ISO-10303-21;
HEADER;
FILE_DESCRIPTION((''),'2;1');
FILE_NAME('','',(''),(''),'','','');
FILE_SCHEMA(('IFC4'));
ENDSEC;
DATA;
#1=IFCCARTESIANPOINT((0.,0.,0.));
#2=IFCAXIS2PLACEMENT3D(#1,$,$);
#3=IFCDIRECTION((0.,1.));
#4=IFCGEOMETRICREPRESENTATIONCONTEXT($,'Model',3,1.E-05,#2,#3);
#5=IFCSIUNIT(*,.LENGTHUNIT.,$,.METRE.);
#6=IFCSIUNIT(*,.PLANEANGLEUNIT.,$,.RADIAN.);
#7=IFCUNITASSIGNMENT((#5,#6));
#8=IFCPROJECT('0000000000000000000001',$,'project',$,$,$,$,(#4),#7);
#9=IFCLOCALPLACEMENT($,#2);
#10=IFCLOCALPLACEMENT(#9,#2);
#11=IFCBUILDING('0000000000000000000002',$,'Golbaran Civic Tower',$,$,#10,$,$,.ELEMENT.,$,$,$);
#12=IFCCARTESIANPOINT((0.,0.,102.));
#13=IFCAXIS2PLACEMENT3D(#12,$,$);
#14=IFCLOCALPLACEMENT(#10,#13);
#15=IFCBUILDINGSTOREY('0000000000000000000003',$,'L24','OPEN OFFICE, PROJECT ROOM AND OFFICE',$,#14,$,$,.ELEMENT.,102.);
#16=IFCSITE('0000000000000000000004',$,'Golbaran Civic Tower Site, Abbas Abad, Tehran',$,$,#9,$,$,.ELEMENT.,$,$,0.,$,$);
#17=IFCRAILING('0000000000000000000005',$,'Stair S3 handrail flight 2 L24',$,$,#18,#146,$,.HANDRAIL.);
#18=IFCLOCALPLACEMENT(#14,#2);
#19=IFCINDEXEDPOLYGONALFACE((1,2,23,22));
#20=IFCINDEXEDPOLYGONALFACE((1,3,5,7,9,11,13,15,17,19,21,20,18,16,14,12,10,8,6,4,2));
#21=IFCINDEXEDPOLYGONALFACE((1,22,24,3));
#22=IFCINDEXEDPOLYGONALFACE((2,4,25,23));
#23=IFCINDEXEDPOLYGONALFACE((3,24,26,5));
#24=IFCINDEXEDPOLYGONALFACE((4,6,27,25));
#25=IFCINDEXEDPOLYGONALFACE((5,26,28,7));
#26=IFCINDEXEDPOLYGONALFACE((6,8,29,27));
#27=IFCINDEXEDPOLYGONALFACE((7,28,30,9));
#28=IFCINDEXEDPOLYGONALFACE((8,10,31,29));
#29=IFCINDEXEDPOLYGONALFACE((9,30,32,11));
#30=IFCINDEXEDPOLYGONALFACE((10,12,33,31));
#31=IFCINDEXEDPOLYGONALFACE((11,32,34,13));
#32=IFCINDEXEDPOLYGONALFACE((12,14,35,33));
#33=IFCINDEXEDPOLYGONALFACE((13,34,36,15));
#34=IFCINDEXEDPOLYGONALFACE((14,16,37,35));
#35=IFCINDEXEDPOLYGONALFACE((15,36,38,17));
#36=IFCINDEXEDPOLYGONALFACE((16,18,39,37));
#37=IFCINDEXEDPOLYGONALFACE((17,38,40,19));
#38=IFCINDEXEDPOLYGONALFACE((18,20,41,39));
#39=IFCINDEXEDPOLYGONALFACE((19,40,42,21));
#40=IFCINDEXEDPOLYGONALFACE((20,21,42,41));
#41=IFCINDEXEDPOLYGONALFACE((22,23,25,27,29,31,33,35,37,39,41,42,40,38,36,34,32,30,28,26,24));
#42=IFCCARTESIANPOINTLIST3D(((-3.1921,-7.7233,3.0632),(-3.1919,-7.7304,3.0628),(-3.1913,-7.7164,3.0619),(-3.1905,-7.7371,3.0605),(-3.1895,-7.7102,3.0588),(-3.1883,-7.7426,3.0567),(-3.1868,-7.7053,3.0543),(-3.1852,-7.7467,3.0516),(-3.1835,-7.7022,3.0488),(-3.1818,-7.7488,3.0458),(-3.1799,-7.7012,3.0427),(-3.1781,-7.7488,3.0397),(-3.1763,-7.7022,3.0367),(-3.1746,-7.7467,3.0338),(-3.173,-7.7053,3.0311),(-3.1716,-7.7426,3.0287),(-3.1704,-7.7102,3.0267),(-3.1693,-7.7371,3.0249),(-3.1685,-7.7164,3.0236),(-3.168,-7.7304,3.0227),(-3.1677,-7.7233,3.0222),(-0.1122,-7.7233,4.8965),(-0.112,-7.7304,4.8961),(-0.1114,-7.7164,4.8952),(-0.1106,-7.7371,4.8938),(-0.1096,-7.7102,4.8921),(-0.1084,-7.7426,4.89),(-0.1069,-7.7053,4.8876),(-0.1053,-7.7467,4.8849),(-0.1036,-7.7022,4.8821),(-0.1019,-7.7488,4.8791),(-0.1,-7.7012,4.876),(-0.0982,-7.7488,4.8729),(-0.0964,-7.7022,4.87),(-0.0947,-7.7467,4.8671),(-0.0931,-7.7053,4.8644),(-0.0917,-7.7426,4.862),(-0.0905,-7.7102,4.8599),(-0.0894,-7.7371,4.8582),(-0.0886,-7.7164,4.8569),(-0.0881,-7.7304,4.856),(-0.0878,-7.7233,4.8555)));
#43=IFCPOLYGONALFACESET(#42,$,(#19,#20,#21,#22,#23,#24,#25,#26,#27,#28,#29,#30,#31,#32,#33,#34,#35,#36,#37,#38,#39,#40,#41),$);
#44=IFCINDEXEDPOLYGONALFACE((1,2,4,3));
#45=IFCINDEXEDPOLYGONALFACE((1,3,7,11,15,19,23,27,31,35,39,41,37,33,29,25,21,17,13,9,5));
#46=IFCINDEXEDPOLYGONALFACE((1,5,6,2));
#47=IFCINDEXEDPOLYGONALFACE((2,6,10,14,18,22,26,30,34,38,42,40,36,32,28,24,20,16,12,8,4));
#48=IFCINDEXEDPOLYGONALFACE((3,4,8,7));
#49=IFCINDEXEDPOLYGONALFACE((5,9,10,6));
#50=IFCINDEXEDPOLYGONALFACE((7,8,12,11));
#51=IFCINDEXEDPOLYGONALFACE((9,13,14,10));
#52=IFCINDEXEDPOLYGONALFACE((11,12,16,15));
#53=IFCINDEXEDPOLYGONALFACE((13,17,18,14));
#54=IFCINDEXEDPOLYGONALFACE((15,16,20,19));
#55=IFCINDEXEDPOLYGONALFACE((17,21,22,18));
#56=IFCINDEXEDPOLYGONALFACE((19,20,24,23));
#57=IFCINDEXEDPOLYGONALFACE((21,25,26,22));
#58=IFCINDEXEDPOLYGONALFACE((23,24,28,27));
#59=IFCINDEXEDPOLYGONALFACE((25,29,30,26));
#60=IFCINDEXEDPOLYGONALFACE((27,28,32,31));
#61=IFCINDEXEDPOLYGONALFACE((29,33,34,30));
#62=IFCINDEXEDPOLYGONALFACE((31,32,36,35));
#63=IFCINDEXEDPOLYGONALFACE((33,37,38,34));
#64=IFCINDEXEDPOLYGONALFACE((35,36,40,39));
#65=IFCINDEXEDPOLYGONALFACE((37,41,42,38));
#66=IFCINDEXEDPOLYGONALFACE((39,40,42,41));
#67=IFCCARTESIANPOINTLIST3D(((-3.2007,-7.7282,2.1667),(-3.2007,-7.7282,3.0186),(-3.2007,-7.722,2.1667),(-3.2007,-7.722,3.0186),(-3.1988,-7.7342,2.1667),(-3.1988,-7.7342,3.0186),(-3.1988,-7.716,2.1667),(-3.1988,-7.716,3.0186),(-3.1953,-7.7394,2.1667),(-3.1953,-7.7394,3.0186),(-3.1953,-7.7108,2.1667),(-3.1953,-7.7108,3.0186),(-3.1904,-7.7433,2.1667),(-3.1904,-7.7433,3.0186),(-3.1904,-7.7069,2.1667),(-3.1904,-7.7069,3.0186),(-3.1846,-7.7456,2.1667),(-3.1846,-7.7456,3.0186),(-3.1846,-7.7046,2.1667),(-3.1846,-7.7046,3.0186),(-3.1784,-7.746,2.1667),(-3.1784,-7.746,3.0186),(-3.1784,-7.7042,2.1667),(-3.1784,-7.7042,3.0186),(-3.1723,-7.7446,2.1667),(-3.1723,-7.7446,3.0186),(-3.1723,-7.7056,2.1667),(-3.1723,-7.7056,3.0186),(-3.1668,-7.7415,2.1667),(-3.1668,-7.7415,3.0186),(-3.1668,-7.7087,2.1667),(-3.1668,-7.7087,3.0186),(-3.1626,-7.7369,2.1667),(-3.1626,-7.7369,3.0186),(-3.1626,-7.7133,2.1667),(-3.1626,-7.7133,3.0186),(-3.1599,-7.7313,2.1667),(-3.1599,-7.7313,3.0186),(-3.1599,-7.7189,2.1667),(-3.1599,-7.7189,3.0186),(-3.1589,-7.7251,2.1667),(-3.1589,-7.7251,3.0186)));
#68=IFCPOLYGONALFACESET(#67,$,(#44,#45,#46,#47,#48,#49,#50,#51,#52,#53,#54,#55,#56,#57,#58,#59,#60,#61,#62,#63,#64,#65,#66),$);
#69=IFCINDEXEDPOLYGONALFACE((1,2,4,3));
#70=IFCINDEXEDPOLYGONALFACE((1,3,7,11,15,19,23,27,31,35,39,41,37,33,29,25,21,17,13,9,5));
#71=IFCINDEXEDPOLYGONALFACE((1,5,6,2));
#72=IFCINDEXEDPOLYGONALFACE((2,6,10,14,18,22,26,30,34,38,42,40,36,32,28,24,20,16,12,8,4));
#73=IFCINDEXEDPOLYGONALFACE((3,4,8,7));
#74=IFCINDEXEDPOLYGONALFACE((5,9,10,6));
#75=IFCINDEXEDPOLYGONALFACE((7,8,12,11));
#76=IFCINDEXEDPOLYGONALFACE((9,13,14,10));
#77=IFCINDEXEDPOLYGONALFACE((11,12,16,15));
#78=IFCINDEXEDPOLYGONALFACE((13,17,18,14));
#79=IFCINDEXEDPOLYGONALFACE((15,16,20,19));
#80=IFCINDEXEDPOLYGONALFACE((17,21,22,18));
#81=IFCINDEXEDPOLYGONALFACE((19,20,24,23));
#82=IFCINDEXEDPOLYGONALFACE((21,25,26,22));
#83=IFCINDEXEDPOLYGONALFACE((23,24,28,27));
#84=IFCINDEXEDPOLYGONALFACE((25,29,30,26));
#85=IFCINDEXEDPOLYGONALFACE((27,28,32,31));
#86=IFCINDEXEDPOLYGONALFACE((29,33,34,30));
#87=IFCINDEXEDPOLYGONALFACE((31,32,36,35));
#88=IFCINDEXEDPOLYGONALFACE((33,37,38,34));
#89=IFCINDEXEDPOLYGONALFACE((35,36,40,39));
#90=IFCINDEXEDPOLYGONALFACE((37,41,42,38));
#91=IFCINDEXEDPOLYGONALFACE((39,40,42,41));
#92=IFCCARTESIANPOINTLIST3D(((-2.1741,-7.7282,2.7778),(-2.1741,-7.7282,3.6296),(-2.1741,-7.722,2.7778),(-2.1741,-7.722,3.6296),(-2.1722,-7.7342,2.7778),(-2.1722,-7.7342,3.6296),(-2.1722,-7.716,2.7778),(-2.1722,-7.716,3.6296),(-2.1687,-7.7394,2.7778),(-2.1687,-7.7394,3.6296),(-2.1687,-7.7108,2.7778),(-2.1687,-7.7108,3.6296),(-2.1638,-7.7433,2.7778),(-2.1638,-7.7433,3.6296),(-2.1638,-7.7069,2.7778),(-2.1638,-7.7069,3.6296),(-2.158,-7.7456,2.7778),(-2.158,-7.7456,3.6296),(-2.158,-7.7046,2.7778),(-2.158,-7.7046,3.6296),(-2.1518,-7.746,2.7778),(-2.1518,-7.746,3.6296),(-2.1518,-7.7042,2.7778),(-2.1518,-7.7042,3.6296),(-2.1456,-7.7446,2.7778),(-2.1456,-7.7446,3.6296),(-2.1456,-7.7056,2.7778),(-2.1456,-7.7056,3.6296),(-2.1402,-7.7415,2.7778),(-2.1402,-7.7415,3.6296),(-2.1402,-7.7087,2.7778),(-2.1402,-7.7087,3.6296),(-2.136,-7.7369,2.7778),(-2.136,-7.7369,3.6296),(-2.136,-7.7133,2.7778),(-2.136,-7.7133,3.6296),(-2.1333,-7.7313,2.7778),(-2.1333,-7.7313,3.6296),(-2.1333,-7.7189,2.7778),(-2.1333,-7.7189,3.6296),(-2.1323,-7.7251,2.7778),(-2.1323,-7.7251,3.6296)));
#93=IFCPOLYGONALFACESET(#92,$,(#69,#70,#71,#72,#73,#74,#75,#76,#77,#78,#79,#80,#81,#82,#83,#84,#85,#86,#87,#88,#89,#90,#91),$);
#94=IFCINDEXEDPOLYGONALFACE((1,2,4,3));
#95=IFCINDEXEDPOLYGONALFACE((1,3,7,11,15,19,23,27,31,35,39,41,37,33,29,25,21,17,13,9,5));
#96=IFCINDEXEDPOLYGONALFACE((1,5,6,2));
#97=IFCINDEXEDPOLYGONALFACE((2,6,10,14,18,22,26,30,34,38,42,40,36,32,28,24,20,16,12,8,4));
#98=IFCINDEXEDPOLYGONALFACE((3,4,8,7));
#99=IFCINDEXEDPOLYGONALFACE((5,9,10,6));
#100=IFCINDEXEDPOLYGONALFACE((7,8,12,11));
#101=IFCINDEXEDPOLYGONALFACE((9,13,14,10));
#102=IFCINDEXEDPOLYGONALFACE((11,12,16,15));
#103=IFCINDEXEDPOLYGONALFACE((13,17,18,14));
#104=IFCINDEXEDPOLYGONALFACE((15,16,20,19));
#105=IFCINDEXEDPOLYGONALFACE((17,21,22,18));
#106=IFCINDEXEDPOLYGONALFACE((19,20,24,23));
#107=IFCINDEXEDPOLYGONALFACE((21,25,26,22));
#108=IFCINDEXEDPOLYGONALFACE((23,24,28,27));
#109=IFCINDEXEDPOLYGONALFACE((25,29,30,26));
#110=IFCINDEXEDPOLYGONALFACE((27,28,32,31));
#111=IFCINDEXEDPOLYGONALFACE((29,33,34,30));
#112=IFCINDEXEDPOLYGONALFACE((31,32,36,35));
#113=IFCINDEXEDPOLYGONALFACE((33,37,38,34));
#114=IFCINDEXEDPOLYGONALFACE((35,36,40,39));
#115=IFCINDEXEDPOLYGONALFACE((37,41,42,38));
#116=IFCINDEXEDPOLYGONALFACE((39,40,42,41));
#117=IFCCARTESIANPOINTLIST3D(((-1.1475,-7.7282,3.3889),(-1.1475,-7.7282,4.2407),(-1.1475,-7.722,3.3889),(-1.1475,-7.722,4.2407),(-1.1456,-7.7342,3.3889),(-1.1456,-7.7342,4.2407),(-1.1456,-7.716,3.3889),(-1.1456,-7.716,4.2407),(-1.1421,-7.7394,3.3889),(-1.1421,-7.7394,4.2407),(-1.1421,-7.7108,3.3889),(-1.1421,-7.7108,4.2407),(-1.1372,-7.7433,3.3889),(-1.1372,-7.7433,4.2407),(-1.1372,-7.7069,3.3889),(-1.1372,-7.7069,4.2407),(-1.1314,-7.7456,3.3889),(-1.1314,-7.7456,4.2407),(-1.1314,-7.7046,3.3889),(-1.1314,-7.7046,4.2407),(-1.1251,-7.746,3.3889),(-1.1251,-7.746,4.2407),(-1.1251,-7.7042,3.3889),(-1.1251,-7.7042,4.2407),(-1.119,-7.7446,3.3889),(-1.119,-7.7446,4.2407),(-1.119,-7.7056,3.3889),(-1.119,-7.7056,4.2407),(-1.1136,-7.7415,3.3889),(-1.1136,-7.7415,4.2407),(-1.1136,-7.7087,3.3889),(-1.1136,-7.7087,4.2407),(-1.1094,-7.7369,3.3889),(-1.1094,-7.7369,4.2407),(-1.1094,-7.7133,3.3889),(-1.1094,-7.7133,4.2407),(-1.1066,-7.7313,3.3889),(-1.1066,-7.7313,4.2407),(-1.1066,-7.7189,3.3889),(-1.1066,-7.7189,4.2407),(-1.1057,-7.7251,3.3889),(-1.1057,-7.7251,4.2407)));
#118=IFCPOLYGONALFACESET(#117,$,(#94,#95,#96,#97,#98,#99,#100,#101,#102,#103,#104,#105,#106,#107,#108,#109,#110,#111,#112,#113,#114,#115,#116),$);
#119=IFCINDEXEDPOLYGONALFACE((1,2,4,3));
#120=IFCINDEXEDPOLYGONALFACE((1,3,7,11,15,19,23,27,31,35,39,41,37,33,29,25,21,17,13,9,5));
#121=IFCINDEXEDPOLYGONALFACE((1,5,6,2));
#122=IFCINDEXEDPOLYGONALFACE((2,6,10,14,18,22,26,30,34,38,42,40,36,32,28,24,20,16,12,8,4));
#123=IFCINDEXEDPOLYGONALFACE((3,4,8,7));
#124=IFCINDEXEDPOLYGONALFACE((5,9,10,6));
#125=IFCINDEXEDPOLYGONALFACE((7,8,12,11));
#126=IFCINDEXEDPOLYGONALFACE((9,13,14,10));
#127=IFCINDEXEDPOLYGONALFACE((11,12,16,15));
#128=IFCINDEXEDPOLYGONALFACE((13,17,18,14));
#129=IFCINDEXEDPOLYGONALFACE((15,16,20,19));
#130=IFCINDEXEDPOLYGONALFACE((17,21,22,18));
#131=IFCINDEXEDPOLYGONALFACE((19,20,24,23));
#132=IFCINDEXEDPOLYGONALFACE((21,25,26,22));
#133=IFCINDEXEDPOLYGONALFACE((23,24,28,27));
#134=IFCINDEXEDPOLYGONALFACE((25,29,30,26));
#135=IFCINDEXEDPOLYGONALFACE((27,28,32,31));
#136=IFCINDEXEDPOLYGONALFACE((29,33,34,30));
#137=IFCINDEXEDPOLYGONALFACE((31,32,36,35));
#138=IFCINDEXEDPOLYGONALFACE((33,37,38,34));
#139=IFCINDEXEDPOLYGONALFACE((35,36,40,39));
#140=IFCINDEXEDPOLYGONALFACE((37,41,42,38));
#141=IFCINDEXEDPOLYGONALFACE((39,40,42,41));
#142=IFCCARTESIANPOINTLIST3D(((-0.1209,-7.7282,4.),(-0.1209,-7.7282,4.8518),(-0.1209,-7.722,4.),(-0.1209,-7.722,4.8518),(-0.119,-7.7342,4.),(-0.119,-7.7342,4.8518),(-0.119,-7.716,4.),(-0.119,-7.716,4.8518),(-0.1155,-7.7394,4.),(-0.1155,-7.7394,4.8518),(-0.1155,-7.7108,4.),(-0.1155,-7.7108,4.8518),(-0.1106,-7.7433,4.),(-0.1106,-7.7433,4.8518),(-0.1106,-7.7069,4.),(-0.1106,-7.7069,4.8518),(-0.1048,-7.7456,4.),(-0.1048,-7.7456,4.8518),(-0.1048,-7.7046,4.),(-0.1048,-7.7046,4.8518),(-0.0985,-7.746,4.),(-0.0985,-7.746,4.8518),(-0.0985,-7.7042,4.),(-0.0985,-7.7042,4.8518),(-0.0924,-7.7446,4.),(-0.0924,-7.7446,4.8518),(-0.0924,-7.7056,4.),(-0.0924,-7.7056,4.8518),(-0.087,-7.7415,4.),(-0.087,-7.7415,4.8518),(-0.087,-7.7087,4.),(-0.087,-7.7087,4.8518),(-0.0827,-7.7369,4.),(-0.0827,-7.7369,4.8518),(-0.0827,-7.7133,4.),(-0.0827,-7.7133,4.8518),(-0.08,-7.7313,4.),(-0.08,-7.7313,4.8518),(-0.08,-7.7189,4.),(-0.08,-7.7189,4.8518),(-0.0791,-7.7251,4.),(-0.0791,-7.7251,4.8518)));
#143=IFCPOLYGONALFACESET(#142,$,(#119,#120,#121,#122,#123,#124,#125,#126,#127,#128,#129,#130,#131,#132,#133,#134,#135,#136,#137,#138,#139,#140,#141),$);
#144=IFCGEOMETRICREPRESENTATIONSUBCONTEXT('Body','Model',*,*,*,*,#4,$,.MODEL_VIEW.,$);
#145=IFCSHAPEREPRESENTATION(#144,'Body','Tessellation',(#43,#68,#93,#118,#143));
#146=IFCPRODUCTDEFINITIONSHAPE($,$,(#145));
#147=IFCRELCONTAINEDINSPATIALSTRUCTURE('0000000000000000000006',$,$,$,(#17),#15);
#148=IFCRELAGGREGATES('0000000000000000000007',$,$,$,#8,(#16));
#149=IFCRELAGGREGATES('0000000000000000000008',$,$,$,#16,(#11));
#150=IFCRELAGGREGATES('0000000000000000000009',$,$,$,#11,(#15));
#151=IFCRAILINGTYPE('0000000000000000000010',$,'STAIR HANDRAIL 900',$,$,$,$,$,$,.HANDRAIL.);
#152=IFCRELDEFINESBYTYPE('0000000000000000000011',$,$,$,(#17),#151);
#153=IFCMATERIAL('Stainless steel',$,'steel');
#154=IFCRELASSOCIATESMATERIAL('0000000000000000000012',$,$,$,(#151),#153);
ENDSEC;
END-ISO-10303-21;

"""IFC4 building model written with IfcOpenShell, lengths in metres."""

from ifc_helpers import new_model, si_unit, direction, frame, origin, origin_2d, place, context, subcontext, project, spatial, circle, extrude, material, type_object, element, save


model = new_model("IFC4")

# Units and contexts
model_context = context("Model", 3, precision=1e-05, world=origin(), true_north=direction((0.0, 1.0)))
body_context = subcontext(model_context, "Body", "Model", "MODEL_VIEW")
ifc_project = project(units=[si_unit("LENGTHUNIT", "METRE"), si_unit("PLANEANGLEUNIT", "RADIAN")], contexts=[model_context])

# Site, building, storey
site_placement = place(None, origin())
site = spatial("IfcSite", under=ifc_project, at=site_placement, Name="Golbaran Civic Tower Site, Abbas Abad, Tehran", CompositionType="ELEMENT", RefElevation=0.0)
building_placement = place(site_placement, origin())
building = spatial("IfcBuilding", under=site, at=building_placement, Name="Golbaran Civic Tower", CompositionType="ELEMENT")
storey_placement = place(building_placement, frame((0.0, 0.0, 102.0)))
storey = spatial("IfcBuildingStorey", under=building, at=storey_placement, Name="L24", Description="OPEN OFFICE, PROJECT ROOM AND OFFICE", CompositionType="ELEMENT", Elevation=102.0)

# Shared definitions
ifc_material_1 = material(Name="Stainless steel", Category="steel")

# Railing
railing_type = type_object("IfcRailingType", Name="STAIR HANDRAIL 900", PredefinedType="HANDRAIL", material=ifc_material_1)
railing_1_placement = place(storey_placement, frame((-3.1799, -7.7251, 2.1667)))
element("IfcRailing", 1, at=railing_1_placement, inside=storey, type_object=railing_type, Name="Stair S3 handrail flight 2 L24", PredefinedType="HANDRAIL", context=body_context, shape_type="SweptSolid", body=[
    extrude(circle(Radius=0.0239, at=origin_2d()), frame((0.0, 0.0, 0.876), z_axis=(0.859291, 0.0, 0.511487), x_axis=(0.0, 1.0, 0.0)), (0.0, 0.0, 1.0), 3.5842),
    extrude(circle(Radius=0.021, at=origin_2d()), origin(), (0.0, 0.0, 1.0), 0.8518),
    extrude(circle(Radius=0.021, at=origin_2d()), frame((1.0266, 0.0, 0.6111)), (0.0, 0.0, 1.0), 0.8518),
    extrude(circle(Radius=0.021, at=origin_2d()), frame((2.0532, 0.0, 1.2222)), (0.0, 0.0, 1.0), 0.8518),
    extrude(circle(Radius=0.021, at=origin_2d()), frame((3.0798, 0.0, 1.8333)), (0.0, 0.0, 1.0), 0.8518),
])

save(model, "model.ifc")
